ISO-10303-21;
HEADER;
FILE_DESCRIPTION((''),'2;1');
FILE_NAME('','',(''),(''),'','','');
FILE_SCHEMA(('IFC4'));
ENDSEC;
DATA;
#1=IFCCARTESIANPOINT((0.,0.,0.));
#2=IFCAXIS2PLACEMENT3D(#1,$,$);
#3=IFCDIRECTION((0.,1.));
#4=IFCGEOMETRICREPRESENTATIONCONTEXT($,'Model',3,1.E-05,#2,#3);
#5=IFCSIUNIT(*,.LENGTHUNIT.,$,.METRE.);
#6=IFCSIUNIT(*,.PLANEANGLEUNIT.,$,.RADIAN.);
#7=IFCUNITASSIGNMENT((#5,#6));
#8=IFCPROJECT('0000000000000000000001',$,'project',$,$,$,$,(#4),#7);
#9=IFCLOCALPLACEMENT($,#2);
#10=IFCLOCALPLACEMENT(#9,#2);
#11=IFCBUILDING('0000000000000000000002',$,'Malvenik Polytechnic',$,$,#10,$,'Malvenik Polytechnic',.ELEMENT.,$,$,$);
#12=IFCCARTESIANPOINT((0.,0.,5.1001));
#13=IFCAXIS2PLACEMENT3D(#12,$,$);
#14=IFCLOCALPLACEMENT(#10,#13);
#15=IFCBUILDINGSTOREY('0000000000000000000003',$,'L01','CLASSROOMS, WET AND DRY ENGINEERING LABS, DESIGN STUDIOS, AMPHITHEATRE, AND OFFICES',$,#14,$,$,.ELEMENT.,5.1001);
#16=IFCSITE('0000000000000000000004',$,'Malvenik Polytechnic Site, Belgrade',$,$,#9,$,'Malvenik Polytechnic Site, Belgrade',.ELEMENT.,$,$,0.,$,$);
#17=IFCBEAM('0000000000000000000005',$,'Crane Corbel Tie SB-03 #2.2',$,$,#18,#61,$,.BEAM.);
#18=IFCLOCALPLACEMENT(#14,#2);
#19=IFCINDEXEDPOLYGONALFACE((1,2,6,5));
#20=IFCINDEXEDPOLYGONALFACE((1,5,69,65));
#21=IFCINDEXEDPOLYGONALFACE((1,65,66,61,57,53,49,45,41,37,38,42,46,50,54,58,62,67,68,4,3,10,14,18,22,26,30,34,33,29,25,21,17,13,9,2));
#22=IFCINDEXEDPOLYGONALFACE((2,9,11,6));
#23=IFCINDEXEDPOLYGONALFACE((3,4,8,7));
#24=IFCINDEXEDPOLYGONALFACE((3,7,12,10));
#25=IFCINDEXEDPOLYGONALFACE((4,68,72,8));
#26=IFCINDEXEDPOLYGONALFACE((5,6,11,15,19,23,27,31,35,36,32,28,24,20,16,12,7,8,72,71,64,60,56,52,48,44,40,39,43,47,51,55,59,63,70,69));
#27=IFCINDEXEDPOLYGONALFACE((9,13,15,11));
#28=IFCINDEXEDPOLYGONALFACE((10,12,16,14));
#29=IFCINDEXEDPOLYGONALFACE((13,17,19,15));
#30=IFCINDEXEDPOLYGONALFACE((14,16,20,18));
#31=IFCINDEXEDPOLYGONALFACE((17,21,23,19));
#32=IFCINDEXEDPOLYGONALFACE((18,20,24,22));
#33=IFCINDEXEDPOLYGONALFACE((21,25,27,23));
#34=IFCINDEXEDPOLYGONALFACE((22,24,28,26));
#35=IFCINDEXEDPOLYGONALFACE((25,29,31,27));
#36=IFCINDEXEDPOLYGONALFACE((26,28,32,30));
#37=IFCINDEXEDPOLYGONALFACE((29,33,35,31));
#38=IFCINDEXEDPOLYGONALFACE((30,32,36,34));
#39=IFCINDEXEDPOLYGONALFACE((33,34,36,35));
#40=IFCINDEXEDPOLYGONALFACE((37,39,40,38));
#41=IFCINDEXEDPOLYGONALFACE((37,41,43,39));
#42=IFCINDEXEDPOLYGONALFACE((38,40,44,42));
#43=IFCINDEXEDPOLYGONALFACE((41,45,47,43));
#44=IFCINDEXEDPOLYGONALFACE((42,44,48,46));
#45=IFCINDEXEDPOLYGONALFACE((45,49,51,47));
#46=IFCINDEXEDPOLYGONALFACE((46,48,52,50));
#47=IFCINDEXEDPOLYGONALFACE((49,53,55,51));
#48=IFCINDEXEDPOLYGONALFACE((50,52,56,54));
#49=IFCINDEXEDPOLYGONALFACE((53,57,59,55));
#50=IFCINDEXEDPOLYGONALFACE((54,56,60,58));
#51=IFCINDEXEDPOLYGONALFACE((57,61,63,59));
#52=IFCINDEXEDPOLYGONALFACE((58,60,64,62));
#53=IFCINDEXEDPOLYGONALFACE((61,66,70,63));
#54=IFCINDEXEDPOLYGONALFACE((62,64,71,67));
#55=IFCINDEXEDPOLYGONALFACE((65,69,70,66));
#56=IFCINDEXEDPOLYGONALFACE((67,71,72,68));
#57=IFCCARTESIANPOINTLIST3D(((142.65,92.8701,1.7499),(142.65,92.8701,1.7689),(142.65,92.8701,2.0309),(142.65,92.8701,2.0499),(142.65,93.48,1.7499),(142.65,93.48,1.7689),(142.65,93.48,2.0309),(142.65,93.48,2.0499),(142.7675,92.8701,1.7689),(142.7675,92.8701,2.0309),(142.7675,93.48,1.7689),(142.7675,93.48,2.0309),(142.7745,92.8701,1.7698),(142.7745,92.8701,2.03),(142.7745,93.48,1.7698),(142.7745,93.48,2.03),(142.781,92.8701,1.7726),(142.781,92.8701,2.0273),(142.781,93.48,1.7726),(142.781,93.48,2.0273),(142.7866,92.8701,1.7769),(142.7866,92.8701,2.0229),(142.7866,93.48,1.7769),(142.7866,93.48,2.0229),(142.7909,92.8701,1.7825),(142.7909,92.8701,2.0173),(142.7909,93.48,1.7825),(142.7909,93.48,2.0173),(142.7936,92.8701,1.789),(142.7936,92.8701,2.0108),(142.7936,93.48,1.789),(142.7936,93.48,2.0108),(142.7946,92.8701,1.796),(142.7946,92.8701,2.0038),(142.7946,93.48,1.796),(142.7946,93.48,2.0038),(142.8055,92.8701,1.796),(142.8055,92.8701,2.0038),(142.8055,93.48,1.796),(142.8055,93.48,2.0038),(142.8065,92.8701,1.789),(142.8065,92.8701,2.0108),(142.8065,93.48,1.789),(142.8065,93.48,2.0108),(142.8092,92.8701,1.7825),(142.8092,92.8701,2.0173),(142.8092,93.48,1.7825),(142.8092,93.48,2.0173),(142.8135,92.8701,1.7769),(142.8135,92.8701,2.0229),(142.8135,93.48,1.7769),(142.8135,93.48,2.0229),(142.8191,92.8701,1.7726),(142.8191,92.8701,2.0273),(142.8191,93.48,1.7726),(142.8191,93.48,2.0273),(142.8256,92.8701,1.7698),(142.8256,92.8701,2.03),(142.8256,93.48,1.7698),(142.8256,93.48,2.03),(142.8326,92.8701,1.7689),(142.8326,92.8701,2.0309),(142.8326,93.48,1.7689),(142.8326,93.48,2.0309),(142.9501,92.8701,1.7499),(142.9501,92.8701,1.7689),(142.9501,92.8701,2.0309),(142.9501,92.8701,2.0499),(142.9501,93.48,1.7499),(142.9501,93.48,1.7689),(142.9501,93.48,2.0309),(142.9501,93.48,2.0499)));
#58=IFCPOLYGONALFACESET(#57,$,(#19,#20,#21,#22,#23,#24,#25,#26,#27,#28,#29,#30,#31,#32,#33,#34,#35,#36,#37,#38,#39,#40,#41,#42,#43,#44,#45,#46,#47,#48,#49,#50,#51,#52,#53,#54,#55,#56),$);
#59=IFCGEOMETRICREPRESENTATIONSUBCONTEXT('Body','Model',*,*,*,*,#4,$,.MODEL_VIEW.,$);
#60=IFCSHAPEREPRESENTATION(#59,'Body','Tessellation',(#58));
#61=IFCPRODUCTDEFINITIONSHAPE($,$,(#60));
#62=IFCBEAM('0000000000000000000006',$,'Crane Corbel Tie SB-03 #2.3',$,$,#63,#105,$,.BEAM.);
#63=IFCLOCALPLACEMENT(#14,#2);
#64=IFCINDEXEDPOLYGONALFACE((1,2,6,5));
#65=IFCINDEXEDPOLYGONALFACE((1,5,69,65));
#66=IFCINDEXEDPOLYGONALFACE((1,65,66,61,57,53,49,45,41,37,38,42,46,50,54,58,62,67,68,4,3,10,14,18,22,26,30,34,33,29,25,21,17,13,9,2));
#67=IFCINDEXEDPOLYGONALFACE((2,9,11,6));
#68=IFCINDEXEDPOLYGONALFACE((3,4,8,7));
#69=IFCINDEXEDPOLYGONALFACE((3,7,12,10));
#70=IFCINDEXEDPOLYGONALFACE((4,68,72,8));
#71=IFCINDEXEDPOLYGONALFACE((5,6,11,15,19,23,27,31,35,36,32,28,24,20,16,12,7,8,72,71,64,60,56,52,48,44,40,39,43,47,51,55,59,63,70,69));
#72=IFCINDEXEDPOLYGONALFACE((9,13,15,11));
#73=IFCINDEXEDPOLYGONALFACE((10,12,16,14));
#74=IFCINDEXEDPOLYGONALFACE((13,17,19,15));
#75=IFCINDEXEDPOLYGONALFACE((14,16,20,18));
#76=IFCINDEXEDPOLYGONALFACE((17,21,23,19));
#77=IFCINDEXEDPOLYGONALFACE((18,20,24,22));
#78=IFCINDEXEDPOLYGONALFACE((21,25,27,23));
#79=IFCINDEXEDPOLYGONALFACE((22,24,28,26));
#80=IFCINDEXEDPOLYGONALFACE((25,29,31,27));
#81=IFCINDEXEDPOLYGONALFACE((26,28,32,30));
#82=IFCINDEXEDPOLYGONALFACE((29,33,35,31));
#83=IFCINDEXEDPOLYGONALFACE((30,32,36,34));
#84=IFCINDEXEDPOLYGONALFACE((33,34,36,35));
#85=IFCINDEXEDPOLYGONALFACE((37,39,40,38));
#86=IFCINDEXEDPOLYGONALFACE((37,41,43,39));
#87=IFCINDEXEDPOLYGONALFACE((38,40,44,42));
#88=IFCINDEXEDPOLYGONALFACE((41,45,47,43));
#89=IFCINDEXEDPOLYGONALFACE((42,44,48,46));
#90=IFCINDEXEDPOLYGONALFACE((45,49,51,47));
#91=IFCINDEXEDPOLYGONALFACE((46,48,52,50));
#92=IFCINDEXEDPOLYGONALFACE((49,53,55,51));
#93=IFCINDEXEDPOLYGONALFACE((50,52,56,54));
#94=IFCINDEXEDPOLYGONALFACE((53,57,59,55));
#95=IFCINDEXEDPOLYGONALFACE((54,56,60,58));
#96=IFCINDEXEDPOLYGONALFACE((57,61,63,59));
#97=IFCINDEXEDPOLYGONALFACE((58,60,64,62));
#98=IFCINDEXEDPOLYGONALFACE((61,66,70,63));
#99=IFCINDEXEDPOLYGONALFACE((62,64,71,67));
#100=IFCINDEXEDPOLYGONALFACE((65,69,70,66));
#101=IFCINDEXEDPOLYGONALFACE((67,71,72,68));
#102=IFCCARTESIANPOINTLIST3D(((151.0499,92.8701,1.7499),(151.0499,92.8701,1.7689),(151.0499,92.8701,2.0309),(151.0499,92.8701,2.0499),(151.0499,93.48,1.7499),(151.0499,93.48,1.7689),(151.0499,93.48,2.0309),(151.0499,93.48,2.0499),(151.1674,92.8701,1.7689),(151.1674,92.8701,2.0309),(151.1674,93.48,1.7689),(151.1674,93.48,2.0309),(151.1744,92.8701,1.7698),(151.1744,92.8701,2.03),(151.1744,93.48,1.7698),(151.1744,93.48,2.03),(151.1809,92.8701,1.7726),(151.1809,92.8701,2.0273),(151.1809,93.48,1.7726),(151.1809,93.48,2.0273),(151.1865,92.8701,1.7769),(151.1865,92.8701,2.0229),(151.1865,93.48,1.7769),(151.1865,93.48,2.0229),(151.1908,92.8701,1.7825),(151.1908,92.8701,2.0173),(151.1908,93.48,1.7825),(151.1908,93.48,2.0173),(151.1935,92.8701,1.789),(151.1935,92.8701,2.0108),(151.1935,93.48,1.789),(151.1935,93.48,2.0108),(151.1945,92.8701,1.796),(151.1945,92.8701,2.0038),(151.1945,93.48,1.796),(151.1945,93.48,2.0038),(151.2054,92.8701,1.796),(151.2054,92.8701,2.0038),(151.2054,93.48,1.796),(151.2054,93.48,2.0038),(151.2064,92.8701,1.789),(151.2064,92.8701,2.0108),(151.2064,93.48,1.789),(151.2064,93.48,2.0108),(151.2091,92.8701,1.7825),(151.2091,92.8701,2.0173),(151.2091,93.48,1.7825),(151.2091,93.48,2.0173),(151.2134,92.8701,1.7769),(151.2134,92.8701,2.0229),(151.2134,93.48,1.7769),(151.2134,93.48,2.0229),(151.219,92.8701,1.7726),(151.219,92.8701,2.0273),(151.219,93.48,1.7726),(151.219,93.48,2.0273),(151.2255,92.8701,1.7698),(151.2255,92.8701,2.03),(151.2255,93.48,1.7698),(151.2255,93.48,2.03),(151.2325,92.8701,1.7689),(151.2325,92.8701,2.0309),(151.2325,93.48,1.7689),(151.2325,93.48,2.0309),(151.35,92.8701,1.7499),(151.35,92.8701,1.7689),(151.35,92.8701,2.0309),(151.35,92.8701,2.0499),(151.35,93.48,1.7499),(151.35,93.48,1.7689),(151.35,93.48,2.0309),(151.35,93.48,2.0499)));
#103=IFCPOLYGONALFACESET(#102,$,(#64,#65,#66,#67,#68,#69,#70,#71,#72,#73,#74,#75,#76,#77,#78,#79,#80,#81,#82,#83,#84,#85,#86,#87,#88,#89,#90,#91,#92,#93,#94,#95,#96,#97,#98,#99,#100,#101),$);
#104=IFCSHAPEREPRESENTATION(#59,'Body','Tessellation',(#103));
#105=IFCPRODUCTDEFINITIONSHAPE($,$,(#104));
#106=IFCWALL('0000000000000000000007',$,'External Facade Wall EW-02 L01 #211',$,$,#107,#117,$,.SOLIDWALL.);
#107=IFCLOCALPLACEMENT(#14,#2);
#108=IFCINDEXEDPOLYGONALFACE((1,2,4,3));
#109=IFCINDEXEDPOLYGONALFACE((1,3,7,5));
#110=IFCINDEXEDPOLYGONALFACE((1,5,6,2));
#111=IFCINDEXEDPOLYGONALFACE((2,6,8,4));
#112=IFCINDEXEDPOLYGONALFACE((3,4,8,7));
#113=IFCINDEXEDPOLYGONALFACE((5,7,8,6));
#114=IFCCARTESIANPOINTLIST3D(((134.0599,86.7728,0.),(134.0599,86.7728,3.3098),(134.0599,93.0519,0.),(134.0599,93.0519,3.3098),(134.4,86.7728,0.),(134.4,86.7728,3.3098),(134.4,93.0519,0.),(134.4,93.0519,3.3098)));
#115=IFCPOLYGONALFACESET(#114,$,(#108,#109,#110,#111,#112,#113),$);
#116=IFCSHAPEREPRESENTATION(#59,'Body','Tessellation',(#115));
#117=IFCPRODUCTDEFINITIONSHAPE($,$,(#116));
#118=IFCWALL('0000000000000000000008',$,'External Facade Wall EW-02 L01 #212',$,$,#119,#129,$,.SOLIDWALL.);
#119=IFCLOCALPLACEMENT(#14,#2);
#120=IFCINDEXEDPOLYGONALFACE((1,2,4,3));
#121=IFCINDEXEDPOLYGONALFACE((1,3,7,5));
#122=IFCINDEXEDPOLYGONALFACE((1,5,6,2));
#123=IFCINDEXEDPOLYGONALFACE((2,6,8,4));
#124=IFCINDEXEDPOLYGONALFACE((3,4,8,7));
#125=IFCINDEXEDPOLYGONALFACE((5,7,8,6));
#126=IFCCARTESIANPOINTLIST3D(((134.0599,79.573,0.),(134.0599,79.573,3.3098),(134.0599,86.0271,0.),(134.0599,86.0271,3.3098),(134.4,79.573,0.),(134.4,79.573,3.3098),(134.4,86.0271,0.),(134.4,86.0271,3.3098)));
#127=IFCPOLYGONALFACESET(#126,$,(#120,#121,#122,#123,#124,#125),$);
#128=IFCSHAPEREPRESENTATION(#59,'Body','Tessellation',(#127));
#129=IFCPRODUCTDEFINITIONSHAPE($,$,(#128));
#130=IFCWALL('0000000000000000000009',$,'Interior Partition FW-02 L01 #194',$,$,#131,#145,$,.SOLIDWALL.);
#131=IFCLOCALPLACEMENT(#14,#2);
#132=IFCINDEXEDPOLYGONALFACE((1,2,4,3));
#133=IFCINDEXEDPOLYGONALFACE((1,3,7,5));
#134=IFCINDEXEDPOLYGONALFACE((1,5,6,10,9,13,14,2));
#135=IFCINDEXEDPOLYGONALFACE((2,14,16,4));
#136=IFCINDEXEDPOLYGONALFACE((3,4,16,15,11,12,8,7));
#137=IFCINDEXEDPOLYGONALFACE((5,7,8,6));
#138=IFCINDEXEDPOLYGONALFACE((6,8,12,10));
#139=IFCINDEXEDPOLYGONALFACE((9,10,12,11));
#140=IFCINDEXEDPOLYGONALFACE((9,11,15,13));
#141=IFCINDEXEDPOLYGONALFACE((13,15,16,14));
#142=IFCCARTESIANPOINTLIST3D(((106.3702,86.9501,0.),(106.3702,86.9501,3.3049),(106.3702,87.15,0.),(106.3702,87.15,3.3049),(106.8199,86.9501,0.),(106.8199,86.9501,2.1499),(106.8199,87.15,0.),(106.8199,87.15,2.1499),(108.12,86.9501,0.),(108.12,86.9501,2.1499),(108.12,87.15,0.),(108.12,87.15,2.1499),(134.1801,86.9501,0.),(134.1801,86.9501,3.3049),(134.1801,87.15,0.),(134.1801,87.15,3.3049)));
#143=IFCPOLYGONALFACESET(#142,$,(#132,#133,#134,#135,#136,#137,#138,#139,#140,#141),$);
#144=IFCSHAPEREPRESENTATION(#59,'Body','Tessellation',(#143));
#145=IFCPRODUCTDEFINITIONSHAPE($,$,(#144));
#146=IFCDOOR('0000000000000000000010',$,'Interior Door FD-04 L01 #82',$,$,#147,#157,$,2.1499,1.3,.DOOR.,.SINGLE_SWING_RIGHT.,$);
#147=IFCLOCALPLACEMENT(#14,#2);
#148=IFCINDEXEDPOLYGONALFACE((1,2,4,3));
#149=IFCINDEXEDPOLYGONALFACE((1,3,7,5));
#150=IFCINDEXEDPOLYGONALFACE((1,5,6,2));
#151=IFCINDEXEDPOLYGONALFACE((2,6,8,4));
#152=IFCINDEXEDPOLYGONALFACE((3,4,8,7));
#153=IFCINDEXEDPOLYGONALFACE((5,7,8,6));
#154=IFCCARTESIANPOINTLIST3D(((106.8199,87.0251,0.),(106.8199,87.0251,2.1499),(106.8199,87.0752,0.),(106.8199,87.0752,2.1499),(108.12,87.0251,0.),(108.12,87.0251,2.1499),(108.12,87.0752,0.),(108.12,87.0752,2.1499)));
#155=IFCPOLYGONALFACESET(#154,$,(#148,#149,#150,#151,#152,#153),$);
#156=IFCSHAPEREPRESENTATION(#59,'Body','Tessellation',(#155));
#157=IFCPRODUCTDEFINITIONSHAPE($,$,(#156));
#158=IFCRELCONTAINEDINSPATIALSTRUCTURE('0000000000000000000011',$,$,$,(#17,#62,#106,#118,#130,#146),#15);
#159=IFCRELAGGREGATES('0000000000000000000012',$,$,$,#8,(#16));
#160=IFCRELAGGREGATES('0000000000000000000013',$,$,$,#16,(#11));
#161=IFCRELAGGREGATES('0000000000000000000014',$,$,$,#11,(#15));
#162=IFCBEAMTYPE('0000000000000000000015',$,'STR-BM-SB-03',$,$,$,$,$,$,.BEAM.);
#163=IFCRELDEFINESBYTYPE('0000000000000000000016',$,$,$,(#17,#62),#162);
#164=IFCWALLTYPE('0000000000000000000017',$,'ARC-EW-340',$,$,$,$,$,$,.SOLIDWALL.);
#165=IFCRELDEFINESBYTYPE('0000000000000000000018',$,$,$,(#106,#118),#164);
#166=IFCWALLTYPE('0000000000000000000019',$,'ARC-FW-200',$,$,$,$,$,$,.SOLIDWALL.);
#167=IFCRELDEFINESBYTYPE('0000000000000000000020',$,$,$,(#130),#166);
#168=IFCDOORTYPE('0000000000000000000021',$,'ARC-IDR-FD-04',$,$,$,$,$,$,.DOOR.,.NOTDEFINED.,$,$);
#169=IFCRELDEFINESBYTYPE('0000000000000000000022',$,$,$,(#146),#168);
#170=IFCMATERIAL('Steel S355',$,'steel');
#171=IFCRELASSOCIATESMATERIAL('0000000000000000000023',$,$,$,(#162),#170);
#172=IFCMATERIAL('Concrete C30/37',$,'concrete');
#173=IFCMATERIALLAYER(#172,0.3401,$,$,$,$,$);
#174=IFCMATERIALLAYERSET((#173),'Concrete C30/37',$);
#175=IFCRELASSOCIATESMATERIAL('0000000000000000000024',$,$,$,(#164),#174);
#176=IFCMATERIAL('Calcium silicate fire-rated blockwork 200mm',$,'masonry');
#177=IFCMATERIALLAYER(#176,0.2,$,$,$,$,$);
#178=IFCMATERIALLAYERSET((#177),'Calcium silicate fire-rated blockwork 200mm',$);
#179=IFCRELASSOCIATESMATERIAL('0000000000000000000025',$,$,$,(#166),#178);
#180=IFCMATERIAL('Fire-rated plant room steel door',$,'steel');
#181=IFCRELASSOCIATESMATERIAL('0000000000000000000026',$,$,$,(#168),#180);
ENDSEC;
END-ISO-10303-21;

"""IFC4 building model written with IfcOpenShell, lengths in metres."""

from ifc_helpers import new_model, si_unit, direction, frame, frame_2d, origin, origin_2d, place, context, subcontext, project, spatial, rectangle, i_section, extrude, material, layer, layer_set, material_profile, profile_set, type_object, element, fill, save


model = new_model("IFC4")

# Units and contexts
model_context = context("Model", 3, precision=1e-05, world=origin(), true_north=direction((0.0, 1.0)))
body_context = subcontext(model_context, "Body", "Model", "MODEL_VIEW")
ifc_project = project(units=[si_unit("LENGTHUNIT", "METRE"), si_unit("PLANEANGLEUNIT", "RADIAN")], contexts=[model_context])

# Site, building, storey
site_placement = place(None, origin())
site = spatial("IfcSite", under=ifc_project, at=site_placement, Name="Malvenik Polytechnic Site, Belgrade", LongName="Malvenik Polytechnic Site, Belgrade", CompositionType="ELEMENT", RefElevation=0.0)
building_placement = place(site_placement, origin())
building = spatial("IfcBuilding", under=site, at=building_placement, Name="Malvenik Polytechnic", LongName="Malvenik Polytechnic", CompositionType="ELEMENT")
storey_placement = place(building_placement, frame((0.0, 0.0, 5.1001)))
storey = spatial("IfcBuildingStorey", under=building, at=storey_placement, Name="L01", Description="CLASSROOMS, WET AND DRY ENGINEERING LABS, DESIGN STUDIOS, AMPHITHEATRE, AND OFFICES", CompositionType="ELEMENT", Elevation=5.1001)

# Beams
ifc_material_1 = material(Name="Steel S355", Category="steel")
ifc_material_2 = material(Name="Concrete C30/37", Category="concrete")
ifc_material_profile_1 = material_profile(ifc_material_1, i_section(OverallWidth=0.3, OverallDepth=0.3, WebThickness=0.011, FlangeThickness=0.019, FilletRadius=0.0271, at=origin_2d()), Name="HEB 300")
ifc_profile_set_1 = profile_set([ifc_material_profile_1], Name="Steel S355")
beam_type_1 = type_object("IfcBeamType", Name="STR-BM-SB-03", PredefinedType="BEAM", material=ifc_profile_set_1)
for number, where, z_axis, x_axis, name in (
    (1, (142.8, 92.8701, 1.8999), (0.0, 1.0, 0.0), (-1.0, 0.0, 0.0), "Crane Corbel Tie SB-03 #2.2"),
    (2, (151.2, 92.8701, 1.8999), (0.0, 1.0, 0.0), (-1.0, 0.0, 0.0), "Crane Corbel Tie SB-03 #2.3"),
):
    element("IfcBeam", number, at=place(storey_placement, frame(where, z_axis=z_axis, x_axis=x_axis)), inside=storey, type_object=beam_type_1, Name=name, PredefinedType="BEAM", context=body_context, shape_type="SweptSolid", body=[
        extrude(i_section(OverallWidth=0.3, OverallDepth=0.3, WebThickness=0.011, FlangeThickness=0.019, FilletRadius=0.0271, at=origin_2d()), origin(), (0.0, 0.0, 1.0), 0.6099),
    ])

# Walls
ifc_layer_1 = layer(ifc_material_2, 0.3401)
ifc_layer_set_1 = layer_set([ifc_layer_1], Name="Concrete C30/37")
wall_type_1 = type_object("IfcWallType", Name="ARC-EW-340", PredefinedType="SOLIDWALL", material=ifc_layer_set_1)
wall_1_placement = place(storey_placement, frame((134.23, 93.052, 0.0), z_axis=(0.0, 0.0, 1.0), x_axis=(0.0, -1.0, 0.0)))
element("IfcWall", 3, at=wall_1_placement, inside=storey, type_object=wall_type_1, Name="External Facade Wall EW-02 L01 #211", PredefinedType="SOLIDWALL", context=body_context, shape_type="SweptSolid", body=[
    extrude(rectangle(XDim=6.2791, YDim=0.3401, at=frame_2d((3.1396, 0.0))), origin(), (0.0, 0.0, 1.0), 3.3098),
])
wall_2_placement = place(storey_placement, frame((134.23, 86.0271, 0.0), z_axis=(0.0, 0.0, 1.0), x_axis=(0.0, -1.0, 0.0)))
element("IfcWall", 4, at=wall_2_placement, inside=storey, type_object=wall_type_1, Name="External Facade Wall EW-02 L01 #212", PredefinedType="SOLIDWALL", context=body_context, shape_type="SweptSolid", body=[
    extrude(rectangle(XDim=6.4541, YDim=0.3401, at=frame_2d((3.2271, 0.0))), origin(), (0.0, 0.0, 1.0), 3.3098),
])

# Wall, opening, door
ifc_material_3 = material(Name="Calcium silicate fire-rated blockwork 200mm", Category="masonry")
ifc_layer_2 = layer(ifc_material_3, 0.2)
ifc_layer_set_2 = layer_set([ifc_layer_2], Name="Calcium silicate fire-rated blockwork 200mm")
wall_type_2 = type_object("IfcWallType", Name="ARC-FW-200", PredefinedType="SOLIDWALL", material=ifc_layer_set_2)
wall_3_placement = place(storey_placement, frame((134.1799, 87.05, 0.0), z_axis=(0.0, 0.0, 1.0), x_axis=(-1.0, 0.0, 0.0)))
wall_3 = element("IfcWall", 5, at=wall_3_placement, inside=storey, type_object=wall_type_2, Name="Interior Partition FW-02 L01 #194", PredefinedType="SOLIDWALL", context=body_context, shape_type="SweptSolid", body=[
    extrude(rectangle(XDim=27.8098, YDim=0.2, at=frame_2d((13.9048, 0.0))), origin(), (0.0, 0.0, 1.0), 3.3049),
])
opening_placement = place(wall_3_placement, frame((26.0601, 0.0, 0.0)))
opening = element("IfcOpeningElement", 6, at=opening_placement, cuts=wall_3, PredefinedType="OPENING", context=body_context, shape_type="SweptSolid", body=[
    extrude(rectangle(XDim=1.3, YDim=2.1499, at=frame_2d((0.6499, 1.075))), frame((0.0, 0.1099, 0.0), z_axis=(0.0, -1.0, 0.0), x_axis=(1.0, 0.0, 0.0)), (0.0, 0.0, 1.0), 0.22),
])
ifc_material_4 = material(Name="Fire-rated plant room steel door", Category="steel")
door_type = type_object("IfcDoorType", Name="ARC-IDR-FD-04", OperationType="NOTDEFINED", PredefinedType="DOOR", material=ifc_material_4)
door_placement = place(opening_placement, origin())
door = element("IfcDoor", 7, at=door_placement, inside=storey, type_object=door_type, Name="Interior Door FD-04 L01 #82", OperationType="SINGLE_SWING_RIGHT", OverallHeight=2.1499, OverallWidth=1.3, PredefinedType="DOOR", context=body_context, shape_type="SweptSolid", body=[
    extrude(rectangle(XDim=1.3, YDim=2.1499, at=frame_2d((0.6499, 1.075))), frame((0.0, 0.0249, 0.0), z_axis=(0.0, -1.0, 0.0), x_axis=(1.0, 0.0, 0.0)), (0.0, 0.0, 1.0), 0.05),
])
fill(opening, door)

save(model, "model.ifc")
